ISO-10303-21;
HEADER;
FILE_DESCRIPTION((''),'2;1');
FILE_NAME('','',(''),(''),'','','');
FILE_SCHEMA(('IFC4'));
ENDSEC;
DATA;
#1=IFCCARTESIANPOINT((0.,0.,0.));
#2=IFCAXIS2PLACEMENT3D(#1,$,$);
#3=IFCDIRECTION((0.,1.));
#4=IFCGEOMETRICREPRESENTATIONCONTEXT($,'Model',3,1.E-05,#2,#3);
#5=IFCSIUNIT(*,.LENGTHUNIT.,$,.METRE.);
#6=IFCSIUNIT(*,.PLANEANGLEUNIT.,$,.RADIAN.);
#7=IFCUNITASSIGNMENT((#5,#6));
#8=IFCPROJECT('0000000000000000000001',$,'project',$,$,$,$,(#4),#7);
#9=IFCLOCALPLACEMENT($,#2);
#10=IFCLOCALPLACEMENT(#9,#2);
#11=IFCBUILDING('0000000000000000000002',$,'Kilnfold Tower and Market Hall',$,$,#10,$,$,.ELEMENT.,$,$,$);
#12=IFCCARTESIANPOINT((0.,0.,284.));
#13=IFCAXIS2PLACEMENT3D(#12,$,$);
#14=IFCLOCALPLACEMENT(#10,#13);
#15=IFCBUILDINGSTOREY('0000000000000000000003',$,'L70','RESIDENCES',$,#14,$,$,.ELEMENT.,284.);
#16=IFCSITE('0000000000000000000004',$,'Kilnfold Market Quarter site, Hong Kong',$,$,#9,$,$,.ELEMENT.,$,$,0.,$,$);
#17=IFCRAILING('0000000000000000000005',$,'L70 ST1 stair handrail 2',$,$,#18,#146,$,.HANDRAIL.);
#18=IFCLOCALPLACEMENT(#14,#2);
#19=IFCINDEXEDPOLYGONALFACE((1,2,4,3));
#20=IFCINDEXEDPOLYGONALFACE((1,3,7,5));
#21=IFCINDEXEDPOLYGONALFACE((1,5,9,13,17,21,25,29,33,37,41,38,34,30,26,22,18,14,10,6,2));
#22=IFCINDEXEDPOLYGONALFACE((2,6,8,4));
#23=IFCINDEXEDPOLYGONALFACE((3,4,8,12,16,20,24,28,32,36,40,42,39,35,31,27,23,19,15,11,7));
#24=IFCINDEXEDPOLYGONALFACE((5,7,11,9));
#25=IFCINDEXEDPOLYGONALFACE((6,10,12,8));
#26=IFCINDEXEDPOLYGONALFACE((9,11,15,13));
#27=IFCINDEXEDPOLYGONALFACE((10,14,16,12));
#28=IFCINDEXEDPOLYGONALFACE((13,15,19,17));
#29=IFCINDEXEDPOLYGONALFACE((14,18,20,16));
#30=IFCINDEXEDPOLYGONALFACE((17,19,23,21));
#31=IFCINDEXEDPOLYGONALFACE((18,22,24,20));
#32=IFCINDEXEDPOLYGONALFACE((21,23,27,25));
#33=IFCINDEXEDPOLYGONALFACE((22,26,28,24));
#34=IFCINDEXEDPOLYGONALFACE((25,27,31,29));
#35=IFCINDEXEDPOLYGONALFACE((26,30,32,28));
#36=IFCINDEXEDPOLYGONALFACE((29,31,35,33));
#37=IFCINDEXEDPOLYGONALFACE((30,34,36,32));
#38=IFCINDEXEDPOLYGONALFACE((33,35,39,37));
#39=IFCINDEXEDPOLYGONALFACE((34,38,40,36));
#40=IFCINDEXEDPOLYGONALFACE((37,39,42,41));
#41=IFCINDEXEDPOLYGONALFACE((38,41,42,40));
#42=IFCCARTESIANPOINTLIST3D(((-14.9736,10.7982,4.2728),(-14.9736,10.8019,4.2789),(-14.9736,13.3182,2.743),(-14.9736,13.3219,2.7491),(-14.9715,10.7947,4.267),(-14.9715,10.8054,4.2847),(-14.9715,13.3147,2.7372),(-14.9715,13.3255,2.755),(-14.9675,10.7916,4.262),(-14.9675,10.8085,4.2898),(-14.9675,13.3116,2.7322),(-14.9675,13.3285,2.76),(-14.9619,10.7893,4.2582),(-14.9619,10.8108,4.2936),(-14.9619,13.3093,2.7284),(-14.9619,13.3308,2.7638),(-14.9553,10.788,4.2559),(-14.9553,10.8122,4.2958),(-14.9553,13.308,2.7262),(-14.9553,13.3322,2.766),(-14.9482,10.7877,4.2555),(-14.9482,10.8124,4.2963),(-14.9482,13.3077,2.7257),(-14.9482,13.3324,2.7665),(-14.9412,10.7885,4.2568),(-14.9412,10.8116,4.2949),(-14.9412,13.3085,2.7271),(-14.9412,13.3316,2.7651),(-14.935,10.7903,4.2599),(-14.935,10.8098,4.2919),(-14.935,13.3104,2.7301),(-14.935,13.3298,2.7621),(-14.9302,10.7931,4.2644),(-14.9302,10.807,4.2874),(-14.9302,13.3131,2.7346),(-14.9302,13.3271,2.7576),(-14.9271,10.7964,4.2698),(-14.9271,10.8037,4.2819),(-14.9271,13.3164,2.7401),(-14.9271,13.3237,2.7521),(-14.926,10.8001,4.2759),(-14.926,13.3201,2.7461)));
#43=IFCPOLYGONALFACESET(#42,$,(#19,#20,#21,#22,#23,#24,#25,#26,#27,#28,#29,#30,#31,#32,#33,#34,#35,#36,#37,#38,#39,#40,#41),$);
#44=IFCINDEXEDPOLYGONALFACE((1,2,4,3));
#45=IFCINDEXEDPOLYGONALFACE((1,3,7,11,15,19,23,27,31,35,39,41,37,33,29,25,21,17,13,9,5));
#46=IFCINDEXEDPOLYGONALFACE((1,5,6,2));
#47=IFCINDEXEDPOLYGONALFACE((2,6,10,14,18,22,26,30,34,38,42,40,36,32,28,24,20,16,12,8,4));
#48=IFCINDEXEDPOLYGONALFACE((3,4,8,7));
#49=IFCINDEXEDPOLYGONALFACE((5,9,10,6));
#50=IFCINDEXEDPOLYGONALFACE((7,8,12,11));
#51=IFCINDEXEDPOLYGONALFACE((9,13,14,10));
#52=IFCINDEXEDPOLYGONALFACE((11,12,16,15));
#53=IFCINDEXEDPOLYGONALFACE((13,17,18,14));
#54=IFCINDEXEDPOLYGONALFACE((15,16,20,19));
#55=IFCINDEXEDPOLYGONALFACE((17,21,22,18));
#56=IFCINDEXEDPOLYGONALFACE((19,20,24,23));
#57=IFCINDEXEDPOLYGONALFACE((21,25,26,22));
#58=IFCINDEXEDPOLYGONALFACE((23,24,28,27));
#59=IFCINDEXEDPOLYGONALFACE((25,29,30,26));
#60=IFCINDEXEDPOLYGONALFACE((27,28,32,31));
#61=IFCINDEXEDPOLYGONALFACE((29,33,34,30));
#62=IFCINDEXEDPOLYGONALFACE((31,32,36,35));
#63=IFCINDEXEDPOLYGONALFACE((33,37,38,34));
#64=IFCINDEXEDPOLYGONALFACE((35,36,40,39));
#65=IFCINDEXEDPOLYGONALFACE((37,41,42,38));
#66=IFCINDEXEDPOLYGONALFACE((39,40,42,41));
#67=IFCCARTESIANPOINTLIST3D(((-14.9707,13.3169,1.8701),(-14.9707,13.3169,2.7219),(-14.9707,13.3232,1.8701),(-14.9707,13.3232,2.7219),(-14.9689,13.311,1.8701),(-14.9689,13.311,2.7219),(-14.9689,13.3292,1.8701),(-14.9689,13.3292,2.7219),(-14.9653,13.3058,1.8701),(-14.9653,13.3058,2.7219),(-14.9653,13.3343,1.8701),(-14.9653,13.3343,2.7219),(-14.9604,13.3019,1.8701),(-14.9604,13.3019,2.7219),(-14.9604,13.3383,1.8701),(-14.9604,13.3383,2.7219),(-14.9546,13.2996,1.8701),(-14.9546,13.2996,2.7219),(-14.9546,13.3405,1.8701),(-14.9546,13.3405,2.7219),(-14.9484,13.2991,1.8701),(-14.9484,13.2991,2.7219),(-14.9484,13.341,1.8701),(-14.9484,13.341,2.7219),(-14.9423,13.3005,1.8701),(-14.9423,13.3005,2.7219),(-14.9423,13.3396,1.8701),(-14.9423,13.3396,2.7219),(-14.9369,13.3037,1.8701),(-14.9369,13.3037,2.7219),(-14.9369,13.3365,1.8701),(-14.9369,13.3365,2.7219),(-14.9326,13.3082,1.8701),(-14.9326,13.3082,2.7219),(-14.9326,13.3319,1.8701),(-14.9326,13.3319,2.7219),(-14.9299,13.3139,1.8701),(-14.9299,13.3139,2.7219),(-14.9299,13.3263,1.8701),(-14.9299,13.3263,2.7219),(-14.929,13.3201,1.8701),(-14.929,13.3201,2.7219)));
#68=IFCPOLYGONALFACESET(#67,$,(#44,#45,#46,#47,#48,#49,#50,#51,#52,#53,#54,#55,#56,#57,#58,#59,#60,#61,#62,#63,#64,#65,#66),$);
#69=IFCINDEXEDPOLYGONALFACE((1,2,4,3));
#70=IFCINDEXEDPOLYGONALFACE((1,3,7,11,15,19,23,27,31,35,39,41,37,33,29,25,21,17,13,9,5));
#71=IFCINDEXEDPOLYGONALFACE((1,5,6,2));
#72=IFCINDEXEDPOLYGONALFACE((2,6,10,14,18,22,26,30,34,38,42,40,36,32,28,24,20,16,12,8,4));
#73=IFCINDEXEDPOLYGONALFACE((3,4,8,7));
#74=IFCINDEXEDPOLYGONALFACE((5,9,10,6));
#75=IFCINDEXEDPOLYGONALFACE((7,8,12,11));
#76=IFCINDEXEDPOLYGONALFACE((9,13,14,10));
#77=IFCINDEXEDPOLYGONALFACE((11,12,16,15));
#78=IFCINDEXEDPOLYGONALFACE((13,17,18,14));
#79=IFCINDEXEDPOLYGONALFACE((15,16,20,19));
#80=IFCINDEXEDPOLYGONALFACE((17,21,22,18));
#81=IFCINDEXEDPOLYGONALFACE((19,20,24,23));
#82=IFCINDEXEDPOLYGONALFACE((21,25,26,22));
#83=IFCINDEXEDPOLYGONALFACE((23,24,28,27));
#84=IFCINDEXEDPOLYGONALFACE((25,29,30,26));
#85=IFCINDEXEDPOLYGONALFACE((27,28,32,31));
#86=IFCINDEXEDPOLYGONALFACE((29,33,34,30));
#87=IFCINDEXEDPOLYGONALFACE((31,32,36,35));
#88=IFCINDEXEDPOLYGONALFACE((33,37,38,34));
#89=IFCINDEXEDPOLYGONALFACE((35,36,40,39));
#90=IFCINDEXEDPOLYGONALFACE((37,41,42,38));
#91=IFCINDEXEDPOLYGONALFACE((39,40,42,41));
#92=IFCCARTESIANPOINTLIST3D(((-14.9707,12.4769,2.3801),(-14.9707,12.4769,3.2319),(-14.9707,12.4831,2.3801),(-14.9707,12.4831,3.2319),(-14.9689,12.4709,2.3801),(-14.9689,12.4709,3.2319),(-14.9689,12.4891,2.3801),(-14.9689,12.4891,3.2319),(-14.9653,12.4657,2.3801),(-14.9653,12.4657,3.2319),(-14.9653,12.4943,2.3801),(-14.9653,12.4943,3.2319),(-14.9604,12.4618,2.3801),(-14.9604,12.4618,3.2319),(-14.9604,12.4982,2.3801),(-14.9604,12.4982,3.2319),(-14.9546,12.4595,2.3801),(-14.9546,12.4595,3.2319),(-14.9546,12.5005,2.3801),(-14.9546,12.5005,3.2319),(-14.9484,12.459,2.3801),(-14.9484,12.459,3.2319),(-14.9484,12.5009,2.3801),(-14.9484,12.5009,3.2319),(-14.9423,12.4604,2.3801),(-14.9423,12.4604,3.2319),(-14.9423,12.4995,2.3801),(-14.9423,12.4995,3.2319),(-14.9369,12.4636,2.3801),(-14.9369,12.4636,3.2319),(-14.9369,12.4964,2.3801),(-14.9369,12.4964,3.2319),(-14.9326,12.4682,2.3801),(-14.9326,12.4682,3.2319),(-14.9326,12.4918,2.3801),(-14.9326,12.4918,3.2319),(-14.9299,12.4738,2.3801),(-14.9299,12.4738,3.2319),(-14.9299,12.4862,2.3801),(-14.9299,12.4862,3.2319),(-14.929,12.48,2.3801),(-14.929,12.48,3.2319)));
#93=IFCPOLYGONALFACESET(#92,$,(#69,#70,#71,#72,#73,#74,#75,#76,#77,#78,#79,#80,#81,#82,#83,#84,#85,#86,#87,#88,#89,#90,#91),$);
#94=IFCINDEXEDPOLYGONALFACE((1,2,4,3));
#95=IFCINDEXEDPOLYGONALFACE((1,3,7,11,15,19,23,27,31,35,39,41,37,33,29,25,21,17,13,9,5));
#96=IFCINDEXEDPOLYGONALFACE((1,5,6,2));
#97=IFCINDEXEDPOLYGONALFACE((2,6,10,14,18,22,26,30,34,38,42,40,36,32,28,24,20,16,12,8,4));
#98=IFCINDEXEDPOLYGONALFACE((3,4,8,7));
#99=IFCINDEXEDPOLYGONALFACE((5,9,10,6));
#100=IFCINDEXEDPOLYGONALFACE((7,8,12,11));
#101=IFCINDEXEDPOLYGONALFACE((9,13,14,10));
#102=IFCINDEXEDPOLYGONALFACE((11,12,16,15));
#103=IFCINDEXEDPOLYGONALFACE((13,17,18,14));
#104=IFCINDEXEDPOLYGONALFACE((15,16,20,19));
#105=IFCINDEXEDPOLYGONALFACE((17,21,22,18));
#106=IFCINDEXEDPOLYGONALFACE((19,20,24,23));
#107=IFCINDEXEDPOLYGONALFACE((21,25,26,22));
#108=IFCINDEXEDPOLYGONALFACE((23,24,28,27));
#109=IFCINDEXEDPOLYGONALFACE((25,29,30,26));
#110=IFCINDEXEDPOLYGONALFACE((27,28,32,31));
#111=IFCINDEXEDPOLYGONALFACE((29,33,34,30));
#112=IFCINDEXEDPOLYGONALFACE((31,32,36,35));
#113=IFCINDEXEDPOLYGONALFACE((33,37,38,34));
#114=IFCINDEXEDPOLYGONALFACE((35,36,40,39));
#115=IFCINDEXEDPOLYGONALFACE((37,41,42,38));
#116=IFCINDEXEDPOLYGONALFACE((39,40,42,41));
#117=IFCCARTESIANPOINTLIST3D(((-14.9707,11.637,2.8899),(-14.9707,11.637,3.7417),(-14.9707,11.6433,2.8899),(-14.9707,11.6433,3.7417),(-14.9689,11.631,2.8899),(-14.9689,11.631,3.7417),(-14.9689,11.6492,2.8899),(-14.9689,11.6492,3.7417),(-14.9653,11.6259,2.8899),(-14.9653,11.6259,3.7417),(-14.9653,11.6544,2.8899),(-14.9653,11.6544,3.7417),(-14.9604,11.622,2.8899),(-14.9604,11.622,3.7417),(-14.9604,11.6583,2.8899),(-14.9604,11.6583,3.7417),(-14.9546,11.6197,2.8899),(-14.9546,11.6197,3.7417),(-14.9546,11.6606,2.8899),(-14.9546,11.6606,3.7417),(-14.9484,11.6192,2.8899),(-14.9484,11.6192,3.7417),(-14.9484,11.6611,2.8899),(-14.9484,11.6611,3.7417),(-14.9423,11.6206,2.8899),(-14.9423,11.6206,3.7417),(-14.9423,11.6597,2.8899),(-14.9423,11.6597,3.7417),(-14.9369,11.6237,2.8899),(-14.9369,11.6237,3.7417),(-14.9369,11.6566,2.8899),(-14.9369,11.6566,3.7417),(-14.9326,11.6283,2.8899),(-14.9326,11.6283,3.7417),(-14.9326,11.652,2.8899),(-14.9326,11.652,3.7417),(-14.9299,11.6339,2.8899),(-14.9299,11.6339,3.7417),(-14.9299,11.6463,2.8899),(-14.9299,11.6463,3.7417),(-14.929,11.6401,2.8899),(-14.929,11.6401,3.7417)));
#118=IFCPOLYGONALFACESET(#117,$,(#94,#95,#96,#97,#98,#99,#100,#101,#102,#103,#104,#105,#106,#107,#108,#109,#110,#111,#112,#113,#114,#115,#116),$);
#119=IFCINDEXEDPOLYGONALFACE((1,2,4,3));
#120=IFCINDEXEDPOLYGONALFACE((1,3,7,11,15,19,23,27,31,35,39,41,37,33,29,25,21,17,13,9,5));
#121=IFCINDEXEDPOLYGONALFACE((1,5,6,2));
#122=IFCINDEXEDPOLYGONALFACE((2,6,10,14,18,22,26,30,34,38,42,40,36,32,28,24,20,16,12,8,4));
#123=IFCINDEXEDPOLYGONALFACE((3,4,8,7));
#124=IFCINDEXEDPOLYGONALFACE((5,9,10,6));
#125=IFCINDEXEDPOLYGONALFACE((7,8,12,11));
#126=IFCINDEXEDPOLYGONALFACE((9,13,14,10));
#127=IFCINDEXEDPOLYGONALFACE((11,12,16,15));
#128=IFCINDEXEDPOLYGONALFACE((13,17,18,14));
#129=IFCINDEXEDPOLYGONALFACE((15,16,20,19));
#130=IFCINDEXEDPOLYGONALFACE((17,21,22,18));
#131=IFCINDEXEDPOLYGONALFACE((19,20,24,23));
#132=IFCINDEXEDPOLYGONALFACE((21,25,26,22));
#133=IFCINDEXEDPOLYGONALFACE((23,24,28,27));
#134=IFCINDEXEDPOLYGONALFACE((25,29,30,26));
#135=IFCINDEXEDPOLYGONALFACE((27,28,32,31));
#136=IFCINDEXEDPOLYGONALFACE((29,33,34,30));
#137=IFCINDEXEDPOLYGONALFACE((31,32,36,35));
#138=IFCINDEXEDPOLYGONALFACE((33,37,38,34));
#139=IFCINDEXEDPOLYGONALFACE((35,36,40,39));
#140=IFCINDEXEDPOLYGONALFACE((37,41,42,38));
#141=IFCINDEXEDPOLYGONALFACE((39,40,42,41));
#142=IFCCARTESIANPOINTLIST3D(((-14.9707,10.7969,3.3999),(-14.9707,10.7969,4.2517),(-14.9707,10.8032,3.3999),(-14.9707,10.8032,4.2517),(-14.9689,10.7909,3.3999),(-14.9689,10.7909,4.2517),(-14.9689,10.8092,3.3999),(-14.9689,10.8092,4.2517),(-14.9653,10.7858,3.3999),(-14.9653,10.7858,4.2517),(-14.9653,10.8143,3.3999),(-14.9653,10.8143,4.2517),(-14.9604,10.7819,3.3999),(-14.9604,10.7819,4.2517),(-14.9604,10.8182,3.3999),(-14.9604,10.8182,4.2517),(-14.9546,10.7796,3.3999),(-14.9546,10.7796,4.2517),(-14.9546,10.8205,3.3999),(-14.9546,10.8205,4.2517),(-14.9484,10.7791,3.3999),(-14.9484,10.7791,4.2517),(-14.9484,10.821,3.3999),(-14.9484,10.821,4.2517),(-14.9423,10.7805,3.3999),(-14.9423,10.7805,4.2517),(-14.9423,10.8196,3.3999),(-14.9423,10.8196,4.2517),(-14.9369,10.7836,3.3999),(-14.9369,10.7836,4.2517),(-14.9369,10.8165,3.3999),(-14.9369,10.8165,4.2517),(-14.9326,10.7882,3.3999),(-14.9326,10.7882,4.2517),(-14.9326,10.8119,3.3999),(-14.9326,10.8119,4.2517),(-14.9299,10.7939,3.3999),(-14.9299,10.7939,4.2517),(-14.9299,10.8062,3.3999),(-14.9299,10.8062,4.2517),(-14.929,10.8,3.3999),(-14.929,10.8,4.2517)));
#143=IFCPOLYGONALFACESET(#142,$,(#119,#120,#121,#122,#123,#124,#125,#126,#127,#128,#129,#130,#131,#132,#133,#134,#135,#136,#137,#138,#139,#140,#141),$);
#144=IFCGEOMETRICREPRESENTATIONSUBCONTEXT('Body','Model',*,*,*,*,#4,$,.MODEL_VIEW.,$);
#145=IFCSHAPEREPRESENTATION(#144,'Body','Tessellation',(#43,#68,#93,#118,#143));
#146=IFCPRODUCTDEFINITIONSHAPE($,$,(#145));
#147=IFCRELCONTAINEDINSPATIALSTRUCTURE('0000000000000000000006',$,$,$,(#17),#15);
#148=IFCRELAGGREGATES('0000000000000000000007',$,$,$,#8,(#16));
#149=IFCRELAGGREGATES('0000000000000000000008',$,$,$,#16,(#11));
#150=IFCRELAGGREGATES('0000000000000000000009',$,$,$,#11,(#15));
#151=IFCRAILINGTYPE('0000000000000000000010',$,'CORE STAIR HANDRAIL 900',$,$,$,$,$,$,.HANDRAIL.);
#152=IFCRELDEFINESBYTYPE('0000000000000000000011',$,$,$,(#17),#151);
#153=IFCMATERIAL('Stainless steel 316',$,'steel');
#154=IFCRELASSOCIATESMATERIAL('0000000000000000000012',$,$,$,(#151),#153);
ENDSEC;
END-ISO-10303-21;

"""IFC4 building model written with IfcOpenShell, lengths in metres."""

from ifc_helpers import new_model, si_unit, direction, frame, origin, origin_2d, place, context, subcontext, project, spatial, circle, extrude, material, type_object, element, save


model = new_model("IFC4")

# Units and contexts
model_context = context("Model", 3, precision=1e-05, world=origin(), true_north=direction((0.0, 1.0)))
body_context = subcontext(model_context, "Body", "Model", "MODEL_VIEW")
ifc_project = project(units=[si_unit("LENGTHUNIT", "METRE"), si_unit("PLANEANGLEUNIT", "RADIAN")], contexts=[model_context])

# Site, building, storey
site_placement = place(None, origin())
site = spatial("IfcSite", under=ifc_project, at=site_placement, Name="Kilnfold Market Quarter site, Hong Kong", CompositionType="ELEMENT", RefElevation=0.0)
building_placement = place(site_placement, origin())
building = spatial("IfcBuilding", under=site, at=building_placement, Name="Kilnfold Tower and Market Hall", CompositionType="ELEMENT")
storey_placement = place(building_placement, frame((0.0, 0.0, 284.0)))
storey = spatial("IfcBuildingStorey", under=building, at=storey_placement, Name="L70", Description="RESIDENCES", CompositionType="ELEMENT", Elevation=284.0)

# Railing
ifc_material_1 = material(Name="Stainless steel 316", Category="steel")
railing_type_1 = type_object("IfcRailingType", Name="CORE STAIR HANDRAIL 900", PredefinedType="HANDRAIL", material=ifc_material_1)
railing_1_placement = place(storey_placement, frame((-14.95, 13.3201, 1.8701)))
element("IfcRailing", 1, at=railing_1_placement, inside=storey, type_object=railing_type_1, Name="L70 ST1 stair handrail 2", PredefinedType="HANDRAIL", context=body_context, shape_type="SweptSolid", body=[
    extrude(circle(Radius=0.0239, at=origin_2d()), frame((0.0, 0.0, 0.876), z_axis=(0.0, -0.854822, 0.518922), x_axis=(1.0, 0.0, 0.0)), (0.0, 0.0, 1.0), 2.948),
    extrude(circle(Radius=0.021, at=origin_2d()), origin(), (0.0, 0.0, 1.0), 0.8518),
    extrude(circle(Radius=0.021, at=origin_2d()), frame((0.0, -0.8401, 0.51)), (0.0, 0.0, 1.0), 0.8518),
    extrude(circle(Radius=0.021, at=origin_2d()), frame((0.0, -1.6799, 1.0198)), (0.0, 0.0, 1.0), 0.8518),
    extrude(circle(Radius=0.021, at=origin_2d()), frame((0.0, -2.52, 1.5298)), (0.0, 0.0, 1.0), 0.8518),
])

save(model, "model.ifc")
